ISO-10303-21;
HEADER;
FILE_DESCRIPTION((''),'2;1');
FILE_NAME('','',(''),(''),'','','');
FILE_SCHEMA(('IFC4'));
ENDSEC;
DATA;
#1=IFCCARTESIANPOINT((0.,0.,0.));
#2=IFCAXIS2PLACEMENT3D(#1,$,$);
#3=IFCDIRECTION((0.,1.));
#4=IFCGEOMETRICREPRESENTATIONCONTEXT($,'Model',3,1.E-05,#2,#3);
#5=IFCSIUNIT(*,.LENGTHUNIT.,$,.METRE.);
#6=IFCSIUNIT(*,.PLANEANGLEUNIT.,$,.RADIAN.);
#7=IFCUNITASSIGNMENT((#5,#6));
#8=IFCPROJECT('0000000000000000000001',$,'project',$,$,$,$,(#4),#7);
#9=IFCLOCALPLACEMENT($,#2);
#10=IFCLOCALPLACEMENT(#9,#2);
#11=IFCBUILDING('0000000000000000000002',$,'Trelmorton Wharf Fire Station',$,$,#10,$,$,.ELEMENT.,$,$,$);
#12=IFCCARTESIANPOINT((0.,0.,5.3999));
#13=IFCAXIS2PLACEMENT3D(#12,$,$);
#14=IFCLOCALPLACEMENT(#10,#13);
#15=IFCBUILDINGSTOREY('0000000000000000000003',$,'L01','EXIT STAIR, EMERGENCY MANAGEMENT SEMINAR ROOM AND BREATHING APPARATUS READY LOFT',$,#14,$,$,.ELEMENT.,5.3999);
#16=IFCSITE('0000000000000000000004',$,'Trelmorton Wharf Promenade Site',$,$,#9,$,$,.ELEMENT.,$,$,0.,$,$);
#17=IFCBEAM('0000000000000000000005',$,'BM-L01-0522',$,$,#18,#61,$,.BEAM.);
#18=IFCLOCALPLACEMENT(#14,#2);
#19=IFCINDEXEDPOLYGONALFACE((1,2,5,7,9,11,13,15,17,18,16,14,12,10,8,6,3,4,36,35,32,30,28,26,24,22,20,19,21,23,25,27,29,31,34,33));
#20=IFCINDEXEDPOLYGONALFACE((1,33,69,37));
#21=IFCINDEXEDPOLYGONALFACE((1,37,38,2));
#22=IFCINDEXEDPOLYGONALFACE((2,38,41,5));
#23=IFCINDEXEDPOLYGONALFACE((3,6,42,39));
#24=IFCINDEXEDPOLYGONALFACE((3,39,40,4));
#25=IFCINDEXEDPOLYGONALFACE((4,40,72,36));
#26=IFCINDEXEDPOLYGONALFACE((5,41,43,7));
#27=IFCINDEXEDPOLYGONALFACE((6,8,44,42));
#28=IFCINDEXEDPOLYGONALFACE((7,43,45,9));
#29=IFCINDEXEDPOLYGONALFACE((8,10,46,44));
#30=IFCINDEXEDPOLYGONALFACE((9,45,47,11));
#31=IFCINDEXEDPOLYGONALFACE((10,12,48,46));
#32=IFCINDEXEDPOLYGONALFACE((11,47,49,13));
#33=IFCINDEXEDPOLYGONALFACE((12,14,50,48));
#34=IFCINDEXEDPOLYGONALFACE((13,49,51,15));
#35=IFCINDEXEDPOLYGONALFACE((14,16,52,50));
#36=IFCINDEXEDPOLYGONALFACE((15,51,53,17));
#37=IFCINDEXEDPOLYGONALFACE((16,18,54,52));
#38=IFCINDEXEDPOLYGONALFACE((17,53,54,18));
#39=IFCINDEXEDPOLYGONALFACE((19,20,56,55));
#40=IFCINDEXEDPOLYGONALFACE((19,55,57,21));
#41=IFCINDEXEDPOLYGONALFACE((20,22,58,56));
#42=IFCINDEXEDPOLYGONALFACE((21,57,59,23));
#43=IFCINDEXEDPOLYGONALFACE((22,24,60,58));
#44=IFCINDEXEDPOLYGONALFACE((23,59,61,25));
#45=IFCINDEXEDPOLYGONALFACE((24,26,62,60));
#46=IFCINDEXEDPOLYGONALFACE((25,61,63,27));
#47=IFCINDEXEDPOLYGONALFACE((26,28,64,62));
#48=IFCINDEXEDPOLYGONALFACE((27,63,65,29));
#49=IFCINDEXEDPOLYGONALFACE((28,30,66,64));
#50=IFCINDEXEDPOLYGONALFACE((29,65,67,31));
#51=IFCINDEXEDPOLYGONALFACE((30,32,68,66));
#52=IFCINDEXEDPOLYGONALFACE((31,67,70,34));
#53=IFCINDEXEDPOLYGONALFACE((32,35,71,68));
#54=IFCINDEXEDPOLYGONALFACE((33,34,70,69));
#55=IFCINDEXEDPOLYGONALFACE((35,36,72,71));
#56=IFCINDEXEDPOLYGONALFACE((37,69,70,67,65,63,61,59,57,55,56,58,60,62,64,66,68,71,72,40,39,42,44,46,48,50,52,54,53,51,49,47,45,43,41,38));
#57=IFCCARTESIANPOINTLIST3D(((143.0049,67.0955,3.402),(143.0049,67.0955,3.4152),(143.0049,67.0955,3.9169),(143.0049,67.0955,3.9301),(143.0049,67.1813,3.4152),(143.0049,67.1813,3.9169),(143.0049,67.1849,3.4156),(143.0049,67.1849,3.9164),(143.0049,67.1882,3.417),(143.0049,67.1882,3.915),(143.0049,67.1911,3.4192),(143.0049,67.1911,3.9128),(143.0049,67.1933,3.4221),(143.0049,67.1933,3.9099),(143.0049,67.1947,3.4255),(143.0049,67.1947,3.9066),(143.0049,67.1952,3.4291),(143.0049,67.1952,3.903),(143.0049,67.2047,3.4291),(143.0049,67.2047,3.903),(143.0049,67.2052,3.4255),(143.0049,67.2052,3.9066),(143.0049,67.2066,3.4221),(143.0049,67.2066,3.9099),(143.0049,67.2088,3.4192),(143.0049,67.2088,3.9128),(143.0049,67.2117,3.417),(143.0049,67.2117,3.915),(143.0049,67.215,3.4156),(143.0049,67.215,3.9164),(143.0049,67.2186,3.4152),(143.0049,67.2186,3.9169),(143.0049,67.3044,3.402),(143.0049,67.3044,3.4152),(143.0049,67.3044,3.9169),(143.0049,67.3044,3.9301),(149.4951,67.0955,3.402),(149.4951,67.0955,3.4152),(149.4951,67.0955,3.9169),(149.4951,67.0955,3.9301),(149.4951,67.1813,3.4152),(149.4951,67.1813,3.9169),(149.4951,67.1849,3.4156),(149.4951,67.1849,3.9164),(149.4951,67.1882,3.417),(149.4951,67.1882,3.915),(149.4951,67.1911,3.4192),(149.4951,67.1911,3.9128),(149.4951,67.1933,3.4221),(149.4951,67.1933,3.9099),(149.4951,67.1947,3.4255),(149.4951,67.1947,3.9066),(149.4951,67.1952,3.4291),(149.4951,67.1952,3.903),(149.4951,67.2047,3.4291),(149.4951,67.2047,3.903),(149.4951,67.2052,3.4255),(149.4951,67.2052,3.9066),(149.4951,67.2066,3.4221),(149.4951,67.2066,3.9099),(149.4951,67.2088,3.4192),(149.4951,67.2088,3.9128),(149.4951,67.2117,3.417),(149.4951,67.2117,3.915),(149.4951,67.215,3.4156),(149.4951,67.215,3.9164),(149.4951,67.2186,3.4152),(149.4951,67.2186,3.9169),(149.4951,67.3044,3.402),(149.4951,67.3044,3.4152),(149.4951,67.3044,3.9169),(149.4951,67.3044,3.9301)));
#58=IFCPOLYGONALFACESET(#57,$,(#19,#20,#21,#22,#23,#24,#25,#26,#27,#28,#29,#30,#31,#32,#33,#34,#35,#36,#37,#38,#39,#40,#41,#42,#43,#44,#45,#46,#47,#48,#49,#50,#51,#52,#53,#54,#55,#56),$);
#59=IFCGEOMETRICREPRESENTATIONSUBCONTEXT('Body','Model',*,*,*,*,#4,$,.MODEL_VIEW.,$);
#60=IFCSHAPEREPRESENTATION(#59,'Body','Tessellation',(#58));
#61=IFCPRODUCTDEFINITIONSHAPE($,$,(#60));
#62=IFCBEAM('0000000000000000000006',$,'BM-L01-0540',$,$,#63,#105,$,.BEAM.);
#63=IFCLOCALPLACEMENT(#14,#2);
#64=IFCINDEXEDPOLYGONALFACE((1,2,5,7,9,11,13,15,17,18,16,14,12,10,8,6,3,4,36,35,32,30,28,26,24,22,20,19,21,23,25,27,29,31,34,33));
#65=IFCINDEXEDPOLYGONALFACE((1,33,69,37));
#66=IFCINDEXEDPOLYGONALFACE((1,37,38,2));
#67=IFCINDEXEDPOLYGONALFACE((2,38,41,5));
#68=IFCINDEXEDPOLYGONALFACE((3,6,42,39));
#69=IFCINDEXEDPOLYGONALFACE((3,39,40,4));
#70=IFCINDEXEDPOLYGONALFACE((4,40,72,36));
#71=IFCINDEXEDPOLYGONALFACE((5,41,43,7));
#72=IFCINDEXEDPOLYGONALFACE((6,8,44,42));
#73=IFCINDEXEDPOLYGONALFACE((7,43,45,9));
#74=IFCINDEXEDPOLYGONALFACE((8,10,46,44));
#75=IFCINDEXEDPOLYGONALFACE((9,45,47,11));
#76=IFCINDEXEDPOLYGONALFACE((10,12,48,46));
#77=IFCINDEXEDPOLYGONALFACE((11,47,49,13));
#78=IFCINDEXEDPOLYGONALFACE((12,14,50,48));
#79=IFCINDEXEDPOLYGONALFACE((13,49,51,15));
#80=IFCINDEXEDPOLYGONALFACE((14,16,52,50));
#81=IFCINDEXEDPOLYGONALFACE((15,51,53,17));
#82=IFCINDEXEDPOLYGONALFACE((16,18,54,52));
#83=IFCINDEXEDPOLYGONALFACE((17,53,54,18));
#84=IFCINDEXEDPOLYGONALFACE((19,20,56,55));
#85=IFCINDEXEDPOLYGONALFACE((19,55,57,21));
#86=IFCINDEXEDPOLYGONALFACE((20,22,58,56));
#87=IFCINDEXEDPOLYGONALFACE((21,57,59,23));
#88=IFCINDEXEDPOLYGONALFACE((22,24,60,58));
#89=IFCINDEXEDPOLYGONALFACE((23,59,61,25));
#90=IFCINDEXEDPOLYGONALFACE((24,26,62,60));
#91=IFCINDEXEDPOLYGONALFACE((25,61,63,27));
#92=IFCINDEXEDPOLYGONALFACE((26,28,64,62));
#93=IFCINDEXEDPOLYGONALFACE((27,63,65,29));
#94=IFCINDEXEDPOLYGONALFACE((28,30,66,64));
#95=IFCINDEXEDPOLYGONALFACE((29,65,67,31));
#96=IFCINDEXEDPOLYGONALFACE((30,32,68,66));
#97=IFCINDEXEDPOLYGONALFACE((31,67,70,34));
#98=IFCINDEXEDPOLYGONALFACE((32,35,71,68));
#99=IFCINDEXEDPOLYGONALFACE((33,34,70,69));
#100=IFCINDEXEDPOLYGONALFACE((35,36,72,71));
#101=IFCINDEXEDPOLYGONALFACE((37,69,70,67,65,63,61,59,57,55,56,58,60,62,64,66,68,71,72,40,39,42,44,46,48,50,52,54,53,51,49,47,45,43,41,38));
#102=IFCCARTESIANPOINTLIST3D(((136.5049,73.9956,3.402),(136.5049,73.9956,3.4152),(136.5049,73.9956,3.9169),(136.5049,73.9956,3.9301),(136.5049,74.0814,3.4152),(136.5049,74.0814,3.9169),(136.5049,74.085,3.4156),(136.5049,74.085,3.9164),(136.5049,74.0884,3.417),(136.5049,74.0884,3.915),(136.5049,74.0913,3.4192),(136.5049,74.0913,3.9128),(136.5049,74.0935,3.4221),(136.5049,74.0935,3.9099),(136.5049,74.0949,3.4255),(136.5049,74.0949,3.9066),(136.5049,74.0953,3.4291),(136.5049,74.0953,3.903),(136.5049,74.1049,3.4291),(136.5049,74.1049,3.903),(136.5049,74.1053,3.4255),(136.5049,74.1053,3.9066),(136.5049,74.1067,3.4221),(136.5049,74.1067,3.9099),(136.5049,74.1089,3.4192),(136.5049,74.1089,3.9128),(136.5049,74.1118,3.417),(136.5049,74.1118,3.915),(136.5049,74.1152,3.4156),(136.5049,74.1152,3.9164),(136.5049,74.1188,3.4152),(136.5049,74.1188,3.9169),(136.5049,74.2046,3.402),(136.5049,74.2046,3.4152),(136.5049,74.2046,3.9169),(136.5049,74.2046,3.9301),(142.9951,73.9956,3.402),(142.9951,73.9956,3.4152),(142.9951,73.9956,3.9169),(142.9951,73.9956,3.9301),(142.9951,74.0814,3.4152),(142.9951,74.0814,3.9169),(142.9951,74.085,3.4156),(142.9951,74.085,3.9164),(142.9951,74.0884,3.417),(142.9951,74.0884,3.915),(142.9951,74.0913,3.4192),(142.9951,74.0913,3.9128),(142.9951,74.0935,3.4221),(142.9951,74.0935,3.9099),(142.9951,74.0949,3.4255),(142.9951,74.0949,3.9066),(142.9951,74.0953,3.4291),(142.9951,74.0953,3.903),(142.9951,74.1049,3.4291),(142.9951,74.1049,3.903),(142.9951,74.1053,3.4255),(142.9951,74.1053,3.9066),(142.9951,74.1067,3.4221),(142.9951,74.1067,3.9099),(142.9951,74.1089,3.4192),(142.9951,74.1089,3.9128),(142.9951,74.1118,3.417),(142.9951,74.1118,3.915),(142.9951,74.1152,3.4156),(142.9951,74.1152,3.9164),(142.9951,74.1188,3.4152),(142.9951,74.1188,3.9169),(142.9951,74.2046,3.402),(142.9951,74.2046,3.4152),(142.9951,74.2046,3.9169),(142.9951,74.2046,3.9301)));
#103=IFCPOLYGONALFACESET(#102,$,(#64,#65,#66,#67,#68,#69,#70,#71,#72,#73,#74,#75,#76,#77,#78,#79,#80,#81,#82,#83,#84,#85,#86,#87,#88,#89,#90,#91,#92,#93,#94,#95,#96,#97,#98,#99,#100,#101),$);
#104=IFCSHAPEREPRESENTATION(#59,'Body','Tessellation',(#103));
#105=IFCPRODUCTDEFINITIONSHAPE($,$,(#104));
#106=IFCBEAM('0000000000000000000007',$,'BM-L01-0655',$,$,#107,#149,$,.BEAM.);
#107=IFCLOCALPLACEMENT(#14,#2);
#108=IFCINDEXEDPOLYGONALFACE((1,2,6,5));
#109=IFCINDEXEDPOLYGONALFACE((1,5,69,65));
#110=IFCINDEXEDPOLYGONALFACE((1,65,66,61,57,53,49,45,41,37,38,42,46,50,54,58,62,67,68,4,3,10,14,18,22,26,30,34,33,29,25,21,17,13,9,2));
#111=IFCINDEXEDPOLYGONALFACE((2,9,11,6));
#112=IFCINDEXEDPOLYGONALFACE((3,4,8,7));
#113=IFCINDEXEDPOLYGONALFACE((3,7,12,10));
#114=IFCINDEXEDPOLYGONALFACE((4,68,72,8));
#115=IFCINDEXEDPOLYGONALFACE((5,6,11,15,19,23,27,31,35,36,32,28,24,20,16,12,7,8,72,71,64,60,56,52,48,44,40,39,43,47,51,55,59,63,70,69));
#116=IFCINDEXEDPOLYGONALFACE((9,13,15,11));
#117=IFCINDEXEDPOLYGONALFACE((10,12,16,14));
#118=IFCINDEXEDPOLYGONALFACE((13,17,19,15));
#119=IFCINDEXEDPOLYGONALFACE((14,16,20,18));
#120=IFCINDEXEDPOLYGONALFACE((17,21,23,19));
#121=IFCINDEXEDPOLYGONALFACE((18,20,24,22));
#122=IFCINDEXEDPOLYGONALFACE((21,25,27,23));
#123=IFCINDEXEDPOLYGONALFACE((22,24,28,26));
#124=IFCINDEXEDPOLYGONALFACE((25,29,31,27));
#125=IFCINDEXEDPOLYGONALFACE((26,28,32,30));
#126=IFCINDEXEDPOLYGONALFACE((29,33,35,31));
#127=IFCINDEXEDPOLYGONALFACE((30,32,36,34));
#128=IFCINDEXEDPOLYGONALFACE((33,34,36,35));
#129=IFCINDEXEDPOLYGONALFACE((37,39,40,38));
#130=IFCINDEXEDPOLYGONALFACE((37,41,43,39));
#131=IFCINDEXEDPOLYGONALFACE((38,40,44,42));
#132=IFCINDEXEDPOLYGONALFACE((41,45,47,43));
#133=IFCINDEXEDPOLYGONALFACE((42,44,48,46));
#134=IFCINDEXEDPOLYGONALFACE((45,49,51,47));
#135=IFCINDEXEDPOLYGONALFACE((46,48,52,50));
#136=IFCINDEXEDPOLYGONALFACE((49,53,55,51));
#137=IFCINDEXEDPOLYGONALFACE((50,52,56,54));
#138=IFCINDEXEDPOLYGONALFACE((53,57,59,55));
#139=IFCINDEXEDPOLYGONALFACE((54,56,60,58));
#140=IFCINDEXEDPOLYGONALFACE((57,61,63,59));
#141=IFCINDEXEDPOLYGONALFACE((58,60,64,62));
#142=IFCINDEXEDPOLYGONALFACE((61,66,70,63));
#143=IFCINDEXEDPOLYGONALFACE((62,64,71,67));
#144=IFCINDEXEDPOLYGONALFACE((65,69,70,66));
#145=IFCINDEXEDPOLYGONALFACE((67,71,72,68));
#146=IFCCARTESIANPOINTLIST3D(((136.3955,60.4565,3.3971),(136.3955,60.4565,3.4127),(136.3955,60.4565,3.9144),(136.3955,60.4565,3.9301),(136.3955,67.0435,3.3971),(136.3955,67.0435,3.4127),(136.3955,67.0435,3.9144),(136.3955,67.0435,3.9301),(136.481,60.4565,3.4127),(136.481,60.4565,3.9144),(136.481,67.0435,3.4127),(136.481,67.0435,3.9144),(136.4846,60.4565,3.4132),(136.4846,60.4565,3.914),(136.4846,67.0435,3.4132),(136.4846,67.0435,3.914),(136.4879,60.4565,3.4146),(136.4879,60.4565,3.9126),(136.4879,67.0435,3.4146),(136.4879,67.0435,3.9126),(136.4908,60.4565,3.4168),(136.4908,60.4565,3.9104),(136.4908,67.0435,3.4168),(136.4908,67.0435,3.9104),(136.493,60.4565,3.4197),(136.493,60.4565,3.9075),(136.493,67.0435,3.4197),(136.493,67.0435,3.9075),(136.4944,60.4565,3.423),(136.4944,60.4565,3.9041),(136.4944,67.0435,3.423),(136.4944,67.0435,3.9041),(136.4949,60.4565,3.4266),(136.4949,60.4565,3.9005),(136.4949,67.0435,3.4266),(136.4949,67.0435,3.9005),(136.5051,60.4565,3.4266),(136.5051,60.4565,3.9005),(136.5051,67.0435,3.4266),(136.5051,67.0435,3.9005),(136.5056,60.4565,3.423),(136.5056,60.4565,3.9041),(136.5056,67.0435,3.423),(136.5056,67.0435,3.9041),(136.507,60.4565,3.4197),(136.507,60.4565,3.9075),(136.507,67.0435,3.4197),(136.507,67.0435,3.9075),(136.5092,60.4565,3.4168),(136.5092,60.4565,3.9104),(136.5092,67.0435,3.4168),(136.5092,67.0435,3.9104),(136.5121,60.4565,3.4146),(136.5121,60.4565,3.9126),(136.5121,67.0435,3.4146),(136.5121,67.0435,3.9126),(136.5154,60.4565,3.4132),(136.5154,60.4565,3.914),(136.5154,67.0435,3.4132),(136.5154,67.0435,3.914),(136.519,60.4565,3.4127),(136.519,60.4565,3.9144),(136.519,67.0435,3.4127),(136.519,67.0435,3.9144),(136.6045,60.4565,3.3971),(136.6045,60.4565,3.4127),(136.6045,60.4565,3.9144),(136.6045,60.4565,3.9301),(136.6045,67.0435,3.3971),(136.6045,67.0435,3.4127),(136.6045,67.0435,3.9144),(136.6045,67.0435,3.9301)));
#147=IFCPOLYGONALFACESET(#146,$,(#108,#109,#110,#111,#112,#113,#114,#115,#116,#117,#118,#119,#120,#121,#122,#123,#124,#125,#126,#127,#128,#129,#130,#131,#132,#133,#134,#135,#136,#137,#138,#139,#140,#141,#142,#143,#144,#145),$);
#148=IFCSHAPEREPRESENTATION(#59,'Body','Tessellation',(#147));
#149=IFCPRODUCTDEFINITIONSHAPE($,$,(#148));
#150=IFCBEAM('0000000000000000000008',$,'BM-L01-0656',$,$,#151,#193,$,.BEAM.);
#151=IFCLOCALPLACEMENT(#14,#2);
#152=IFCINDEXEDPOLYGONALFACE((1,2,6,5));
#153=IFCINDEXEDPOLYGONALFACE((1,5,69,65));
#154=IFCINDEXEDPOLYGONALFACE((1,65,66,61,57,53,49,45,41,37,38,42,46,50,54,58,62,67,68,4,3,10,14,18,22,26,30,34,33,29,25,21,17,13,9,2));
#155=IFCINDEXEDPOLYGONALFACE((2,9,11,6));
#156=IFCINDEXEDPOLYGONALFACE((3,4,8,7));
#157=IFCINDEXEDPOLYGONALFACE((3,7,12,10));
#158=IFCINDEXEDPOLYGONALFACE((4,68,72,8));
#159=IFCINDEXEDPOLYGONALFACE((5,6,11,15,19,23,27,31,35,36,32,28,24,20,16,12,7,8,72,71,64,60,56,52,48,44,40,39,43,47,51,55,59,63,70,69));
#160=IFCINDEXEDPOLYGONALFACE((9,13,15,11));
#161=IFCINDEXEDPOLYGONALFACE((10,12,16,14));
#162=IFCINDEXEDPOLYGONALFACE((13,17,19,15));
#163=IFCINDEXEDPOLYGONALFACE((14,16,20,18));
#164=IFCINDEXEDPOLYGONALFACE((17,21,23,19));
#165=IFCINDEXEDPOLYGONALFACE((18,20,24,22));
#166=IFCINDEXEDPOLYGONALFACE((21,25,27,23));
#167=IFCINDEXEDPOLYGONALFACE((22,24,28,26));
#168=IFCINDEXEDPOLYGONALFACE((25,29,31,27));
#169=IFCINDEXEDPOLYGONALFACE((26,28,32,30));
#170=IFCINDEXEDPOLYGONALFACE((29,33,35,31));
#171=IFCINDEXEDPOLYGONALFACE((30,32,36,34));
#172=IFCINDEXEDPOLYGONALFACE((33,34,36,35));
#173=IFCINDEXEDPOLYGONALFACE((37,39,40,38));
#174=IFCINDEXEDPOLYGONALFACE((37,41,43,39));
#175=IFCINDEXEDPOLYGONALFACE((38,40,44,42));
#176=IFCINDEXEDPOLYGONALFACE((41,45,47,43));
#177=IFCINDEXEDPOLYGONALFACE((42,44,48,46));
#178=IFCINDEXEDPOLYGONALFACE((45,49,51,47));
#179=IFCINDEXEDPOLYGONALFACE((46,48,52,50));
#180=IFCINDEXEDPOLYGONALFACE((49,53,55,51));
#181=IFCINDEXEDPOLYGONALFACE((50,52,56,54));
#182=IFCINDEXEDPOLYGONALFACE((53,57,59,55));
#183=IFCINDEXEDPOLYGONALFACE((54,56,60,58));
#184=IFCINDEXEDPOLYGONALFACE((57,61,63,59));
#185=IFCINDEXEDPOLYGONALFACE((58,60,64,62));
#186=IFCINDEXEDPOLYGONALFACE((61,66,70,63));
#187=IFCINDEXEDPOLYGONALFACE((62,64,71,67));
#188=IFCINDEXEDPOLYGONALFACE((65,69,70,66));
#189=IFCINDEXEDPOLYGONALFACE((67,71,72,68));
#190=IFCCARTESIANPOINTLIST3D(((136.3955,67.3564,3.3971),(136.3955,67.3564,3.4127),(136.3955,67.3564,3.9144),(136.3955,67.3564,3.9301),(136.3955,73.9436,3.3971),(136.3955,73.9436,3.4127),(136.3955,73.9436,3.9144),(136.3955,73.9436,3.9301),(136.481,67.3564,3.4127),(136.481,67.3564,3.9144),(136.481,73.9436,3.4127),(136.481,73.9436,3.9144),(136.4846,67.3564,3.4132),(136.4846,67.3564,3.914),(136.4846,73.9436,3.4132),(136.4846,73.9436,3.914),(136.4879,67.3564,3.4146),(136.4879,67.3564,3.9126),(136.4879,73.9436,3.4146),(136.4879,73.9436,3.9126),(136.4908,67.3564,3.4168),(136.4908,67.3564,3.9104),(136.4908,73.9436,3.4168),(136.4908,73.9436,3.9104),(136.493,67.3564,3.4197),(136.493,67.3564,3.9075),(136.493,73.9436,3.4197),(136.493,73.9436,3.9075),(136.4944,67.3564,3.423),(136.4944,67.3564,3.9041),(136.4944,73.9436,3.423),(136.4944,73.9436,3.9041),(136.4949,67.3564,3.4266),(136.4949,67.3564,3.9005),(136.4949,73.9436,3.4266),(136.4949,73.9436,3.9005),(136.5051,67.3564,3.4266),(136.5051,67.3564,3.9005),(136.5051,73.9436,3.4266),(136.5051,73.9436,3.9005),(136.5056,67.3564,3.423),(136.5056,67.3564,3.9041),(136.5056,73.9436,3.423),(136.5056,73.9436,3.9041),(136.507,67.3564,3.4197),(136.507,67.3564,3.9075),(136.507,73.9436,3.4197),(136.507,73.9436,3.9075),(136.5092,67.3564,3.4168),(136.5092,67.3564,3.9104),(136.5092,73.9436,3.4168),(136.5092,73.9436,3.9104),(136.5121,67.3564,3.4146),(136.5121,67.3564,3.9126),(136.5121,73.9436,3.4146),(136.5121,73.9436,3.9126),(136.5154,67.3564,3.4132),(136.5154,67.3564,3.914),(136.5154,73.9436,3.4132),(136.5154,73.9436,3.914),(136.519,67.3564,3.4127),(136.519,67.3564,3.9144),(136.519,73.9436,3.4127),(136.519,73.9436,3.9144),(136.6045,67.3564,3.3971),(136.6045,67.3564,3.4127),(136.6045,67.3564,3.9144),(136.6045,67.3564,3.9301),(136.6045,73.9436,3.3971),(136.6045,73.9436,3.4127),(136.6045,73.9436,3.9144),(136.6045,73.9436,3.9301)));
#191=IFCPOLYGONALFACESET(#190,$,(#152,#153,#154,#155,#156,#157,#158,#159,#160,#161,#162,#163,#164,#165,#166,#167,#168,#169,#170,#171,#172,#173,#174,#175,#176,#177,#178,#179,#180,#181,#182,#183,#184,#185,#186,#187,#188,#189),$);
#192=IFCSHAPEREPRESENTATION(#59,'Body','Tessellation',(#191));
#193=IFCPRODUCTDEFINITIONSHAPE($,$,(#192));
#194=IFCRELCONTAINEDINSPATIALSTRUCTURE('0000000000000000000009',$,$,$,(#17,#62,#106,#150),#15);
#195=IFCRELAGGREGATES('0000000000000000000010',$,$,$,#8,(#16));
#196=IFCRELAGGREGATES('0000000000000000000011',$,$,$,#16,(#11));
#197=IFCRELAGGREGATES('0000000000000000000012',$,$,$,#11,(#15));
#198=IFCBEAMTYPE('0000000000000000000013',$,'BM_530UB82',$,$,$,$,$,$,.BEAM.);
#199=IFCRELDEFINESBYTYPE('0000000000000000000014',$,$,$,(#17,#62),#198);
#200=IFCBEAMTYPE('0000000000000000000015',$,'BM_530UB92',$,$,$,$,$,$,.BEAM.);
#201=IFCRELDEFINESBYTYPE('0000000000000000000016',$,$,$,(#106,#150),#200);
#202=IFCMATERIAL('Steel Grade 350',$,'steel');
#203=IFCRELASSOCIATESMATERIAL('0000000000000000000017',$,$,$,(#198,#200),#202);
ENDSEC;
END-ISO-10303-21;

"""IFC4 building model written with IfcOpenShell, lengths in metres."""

from ifc_helpers import new_model, si_unit, direction, frame, origin, origin_2d, place, context, subcontext, project, spatial, i_section, extrude, material, material_profile, profile_set, type_object, element, save


model = new_model("IFC4")

# Units and contexts
model_context = context("Model", 3, precision=1e-05, world=origin(), true_north=direction((0.0, 1.0)))
body_context = subcontext(model_context, "Body", "Model", "MODEL_VIEW")
ifc_project = project(units=[si_unit("LENGTHUNIT", "METRE"), si_unit("PLANEANGLEUNIT", "RADIAN")], contexts=[model_context])

# Site, building, storey
site_placement = place(None, origin())
site = spatial("IfcSite", under=ifc_project, at=site_placement, Name="Trelmorton Wharf Promenade Site", CompositionType="ELEMENT", RefElevation=0.0)
building_placement = place(site_placement, origin())
building = spatial("IfcBuilding", under=site, at=building_placement, Name="Trelmorton Wharf Fire Station", CompositionType="ELEMENT")
storey_placement = place(building_placement, frame((0.0, 0.0, 5.3999)))
storey = spatial("IfcBuildingStorey", under=building, at=storey_placement, Name="L01", Description="EXIT STAIR, EMERGENCY MANAGEMENT SEMINAR ROOM AND BREATHING APPARATUS READY LOFT", CompositionType="ELEMENT", Elevation=5.3999)

# Shared definitions
ifc_material_1 = material(Name="Steel Grade 350", Category="steel")

# Beams
ifc_material_profile_1 = material_profile(ifc_material_1, i_section(OverallWidth=0.209, OverallDepth=0.5281, WebThickness=0.0095, FlangeThickness=0.0132, FilletRadius=0.0139, at=origin_2d()), Name="530UB82.0")
ifc_profile_set_1 = profile_set([ifc_material_profile_1], Name="Steel Grade 350")
beam_type_1 = type_object("IfcBeamType", Name="BM_530UB82", PredefinedType="BEAM", material=ifc_profile_set_1)
for number, where, z_axis, x_axis, name in (
    (1, (143.0049, 67.2, 3.666), (1.0, 0.0, 0.0), (0.0, 1.0, 0.0), "BM-L01-0522"),
    (2, (136.5049, 74.1001, 3.666), (1.0, 0.0, 0.0), (0.0, 1.0, 0.0), "BM-L01-0540"),
):
    element("IfcBeam", number, at=place(storey_placement, frame(where, z_axis=z_axis, x_axis=x_axis)), inside=storey, type_object=beam_type_1, Name=name, PredefinedType="BEAM", context=body_context, shape_type="SweptSolid", body=[
        extrude(i_section(OverallWidth=0.209, OverallDepth=0.5281, WebThickness=0.0095, FlangeThickness=0.0132, FilletRadius=0.0139, at=origin_2d()), origin(), (0.0, 0.0, 1.0), 6.4902),
    ])
ifc_material_profile_2 = material_profile(ifc_material_1, i_section(OverallWidth=0.209, OverallDepth=0.533, WebThickness=0.0103, FlangeThickness=0.0156, FilletRadius=0.0139, at=origin_2d()), Name="530UB92.4")
ifc_profile_set_2 = profile_set([ifc_material_profile_2], Name="Steel Grade 350")
beam_type_2 = type_object("IfcBeamType", Name="BM_530UB92", PredefinedType="BEAM", material=ifc_profile_set_2)
beam_1_placement = place(storey_placement, frame((136.5, 60.4565, 3.6636), z_axis=(0.0, 1.0, 0.0), x_axis=(-1.0, 0.0, 0.0)))
element("IfcBeam", 3, at=beam_1_placement, inside=storey, type_object=beam_type_2, Name="BM-L01-0655", PredefinedType="BEAM", context=body_context, shape_type="SweptSolid", body=[
    extrude(i_section(OverallWidth=0.209, OverallDepth=0.533, WebThickness=0.0103, FlangeThickness=0.0156, FilletRadius=0.0139, at=origin_2d()), origin(), (0.0, 0.0, 1.0), 6.5869),
])
beam_2_placement = place(storey_placement, frame((136.5, 67.3564, 3.6636), z_axis=(0.0, 1.0, 0.0), x_axis=(-1.0, 0.0, 0.0)))
element("IfcBeam", 4, at=beam_2_placement, inside=storey, type_object=beam_type_2, Name="BM-L01-0656", PredefinedType="BEAM", context=body_context, shape_type="SweptSolid", body=[
    extrude(i_section(OverallWidth=0.209, OverallDepth=0.533, WebThickness=0.0103, FlangeThickness=0.0156, FilletRadius=0.0139, at=origin_2d()), origin(), (0.0, 0.0, 1.0), 6.5872),
])

save(model, "model.ifc")
